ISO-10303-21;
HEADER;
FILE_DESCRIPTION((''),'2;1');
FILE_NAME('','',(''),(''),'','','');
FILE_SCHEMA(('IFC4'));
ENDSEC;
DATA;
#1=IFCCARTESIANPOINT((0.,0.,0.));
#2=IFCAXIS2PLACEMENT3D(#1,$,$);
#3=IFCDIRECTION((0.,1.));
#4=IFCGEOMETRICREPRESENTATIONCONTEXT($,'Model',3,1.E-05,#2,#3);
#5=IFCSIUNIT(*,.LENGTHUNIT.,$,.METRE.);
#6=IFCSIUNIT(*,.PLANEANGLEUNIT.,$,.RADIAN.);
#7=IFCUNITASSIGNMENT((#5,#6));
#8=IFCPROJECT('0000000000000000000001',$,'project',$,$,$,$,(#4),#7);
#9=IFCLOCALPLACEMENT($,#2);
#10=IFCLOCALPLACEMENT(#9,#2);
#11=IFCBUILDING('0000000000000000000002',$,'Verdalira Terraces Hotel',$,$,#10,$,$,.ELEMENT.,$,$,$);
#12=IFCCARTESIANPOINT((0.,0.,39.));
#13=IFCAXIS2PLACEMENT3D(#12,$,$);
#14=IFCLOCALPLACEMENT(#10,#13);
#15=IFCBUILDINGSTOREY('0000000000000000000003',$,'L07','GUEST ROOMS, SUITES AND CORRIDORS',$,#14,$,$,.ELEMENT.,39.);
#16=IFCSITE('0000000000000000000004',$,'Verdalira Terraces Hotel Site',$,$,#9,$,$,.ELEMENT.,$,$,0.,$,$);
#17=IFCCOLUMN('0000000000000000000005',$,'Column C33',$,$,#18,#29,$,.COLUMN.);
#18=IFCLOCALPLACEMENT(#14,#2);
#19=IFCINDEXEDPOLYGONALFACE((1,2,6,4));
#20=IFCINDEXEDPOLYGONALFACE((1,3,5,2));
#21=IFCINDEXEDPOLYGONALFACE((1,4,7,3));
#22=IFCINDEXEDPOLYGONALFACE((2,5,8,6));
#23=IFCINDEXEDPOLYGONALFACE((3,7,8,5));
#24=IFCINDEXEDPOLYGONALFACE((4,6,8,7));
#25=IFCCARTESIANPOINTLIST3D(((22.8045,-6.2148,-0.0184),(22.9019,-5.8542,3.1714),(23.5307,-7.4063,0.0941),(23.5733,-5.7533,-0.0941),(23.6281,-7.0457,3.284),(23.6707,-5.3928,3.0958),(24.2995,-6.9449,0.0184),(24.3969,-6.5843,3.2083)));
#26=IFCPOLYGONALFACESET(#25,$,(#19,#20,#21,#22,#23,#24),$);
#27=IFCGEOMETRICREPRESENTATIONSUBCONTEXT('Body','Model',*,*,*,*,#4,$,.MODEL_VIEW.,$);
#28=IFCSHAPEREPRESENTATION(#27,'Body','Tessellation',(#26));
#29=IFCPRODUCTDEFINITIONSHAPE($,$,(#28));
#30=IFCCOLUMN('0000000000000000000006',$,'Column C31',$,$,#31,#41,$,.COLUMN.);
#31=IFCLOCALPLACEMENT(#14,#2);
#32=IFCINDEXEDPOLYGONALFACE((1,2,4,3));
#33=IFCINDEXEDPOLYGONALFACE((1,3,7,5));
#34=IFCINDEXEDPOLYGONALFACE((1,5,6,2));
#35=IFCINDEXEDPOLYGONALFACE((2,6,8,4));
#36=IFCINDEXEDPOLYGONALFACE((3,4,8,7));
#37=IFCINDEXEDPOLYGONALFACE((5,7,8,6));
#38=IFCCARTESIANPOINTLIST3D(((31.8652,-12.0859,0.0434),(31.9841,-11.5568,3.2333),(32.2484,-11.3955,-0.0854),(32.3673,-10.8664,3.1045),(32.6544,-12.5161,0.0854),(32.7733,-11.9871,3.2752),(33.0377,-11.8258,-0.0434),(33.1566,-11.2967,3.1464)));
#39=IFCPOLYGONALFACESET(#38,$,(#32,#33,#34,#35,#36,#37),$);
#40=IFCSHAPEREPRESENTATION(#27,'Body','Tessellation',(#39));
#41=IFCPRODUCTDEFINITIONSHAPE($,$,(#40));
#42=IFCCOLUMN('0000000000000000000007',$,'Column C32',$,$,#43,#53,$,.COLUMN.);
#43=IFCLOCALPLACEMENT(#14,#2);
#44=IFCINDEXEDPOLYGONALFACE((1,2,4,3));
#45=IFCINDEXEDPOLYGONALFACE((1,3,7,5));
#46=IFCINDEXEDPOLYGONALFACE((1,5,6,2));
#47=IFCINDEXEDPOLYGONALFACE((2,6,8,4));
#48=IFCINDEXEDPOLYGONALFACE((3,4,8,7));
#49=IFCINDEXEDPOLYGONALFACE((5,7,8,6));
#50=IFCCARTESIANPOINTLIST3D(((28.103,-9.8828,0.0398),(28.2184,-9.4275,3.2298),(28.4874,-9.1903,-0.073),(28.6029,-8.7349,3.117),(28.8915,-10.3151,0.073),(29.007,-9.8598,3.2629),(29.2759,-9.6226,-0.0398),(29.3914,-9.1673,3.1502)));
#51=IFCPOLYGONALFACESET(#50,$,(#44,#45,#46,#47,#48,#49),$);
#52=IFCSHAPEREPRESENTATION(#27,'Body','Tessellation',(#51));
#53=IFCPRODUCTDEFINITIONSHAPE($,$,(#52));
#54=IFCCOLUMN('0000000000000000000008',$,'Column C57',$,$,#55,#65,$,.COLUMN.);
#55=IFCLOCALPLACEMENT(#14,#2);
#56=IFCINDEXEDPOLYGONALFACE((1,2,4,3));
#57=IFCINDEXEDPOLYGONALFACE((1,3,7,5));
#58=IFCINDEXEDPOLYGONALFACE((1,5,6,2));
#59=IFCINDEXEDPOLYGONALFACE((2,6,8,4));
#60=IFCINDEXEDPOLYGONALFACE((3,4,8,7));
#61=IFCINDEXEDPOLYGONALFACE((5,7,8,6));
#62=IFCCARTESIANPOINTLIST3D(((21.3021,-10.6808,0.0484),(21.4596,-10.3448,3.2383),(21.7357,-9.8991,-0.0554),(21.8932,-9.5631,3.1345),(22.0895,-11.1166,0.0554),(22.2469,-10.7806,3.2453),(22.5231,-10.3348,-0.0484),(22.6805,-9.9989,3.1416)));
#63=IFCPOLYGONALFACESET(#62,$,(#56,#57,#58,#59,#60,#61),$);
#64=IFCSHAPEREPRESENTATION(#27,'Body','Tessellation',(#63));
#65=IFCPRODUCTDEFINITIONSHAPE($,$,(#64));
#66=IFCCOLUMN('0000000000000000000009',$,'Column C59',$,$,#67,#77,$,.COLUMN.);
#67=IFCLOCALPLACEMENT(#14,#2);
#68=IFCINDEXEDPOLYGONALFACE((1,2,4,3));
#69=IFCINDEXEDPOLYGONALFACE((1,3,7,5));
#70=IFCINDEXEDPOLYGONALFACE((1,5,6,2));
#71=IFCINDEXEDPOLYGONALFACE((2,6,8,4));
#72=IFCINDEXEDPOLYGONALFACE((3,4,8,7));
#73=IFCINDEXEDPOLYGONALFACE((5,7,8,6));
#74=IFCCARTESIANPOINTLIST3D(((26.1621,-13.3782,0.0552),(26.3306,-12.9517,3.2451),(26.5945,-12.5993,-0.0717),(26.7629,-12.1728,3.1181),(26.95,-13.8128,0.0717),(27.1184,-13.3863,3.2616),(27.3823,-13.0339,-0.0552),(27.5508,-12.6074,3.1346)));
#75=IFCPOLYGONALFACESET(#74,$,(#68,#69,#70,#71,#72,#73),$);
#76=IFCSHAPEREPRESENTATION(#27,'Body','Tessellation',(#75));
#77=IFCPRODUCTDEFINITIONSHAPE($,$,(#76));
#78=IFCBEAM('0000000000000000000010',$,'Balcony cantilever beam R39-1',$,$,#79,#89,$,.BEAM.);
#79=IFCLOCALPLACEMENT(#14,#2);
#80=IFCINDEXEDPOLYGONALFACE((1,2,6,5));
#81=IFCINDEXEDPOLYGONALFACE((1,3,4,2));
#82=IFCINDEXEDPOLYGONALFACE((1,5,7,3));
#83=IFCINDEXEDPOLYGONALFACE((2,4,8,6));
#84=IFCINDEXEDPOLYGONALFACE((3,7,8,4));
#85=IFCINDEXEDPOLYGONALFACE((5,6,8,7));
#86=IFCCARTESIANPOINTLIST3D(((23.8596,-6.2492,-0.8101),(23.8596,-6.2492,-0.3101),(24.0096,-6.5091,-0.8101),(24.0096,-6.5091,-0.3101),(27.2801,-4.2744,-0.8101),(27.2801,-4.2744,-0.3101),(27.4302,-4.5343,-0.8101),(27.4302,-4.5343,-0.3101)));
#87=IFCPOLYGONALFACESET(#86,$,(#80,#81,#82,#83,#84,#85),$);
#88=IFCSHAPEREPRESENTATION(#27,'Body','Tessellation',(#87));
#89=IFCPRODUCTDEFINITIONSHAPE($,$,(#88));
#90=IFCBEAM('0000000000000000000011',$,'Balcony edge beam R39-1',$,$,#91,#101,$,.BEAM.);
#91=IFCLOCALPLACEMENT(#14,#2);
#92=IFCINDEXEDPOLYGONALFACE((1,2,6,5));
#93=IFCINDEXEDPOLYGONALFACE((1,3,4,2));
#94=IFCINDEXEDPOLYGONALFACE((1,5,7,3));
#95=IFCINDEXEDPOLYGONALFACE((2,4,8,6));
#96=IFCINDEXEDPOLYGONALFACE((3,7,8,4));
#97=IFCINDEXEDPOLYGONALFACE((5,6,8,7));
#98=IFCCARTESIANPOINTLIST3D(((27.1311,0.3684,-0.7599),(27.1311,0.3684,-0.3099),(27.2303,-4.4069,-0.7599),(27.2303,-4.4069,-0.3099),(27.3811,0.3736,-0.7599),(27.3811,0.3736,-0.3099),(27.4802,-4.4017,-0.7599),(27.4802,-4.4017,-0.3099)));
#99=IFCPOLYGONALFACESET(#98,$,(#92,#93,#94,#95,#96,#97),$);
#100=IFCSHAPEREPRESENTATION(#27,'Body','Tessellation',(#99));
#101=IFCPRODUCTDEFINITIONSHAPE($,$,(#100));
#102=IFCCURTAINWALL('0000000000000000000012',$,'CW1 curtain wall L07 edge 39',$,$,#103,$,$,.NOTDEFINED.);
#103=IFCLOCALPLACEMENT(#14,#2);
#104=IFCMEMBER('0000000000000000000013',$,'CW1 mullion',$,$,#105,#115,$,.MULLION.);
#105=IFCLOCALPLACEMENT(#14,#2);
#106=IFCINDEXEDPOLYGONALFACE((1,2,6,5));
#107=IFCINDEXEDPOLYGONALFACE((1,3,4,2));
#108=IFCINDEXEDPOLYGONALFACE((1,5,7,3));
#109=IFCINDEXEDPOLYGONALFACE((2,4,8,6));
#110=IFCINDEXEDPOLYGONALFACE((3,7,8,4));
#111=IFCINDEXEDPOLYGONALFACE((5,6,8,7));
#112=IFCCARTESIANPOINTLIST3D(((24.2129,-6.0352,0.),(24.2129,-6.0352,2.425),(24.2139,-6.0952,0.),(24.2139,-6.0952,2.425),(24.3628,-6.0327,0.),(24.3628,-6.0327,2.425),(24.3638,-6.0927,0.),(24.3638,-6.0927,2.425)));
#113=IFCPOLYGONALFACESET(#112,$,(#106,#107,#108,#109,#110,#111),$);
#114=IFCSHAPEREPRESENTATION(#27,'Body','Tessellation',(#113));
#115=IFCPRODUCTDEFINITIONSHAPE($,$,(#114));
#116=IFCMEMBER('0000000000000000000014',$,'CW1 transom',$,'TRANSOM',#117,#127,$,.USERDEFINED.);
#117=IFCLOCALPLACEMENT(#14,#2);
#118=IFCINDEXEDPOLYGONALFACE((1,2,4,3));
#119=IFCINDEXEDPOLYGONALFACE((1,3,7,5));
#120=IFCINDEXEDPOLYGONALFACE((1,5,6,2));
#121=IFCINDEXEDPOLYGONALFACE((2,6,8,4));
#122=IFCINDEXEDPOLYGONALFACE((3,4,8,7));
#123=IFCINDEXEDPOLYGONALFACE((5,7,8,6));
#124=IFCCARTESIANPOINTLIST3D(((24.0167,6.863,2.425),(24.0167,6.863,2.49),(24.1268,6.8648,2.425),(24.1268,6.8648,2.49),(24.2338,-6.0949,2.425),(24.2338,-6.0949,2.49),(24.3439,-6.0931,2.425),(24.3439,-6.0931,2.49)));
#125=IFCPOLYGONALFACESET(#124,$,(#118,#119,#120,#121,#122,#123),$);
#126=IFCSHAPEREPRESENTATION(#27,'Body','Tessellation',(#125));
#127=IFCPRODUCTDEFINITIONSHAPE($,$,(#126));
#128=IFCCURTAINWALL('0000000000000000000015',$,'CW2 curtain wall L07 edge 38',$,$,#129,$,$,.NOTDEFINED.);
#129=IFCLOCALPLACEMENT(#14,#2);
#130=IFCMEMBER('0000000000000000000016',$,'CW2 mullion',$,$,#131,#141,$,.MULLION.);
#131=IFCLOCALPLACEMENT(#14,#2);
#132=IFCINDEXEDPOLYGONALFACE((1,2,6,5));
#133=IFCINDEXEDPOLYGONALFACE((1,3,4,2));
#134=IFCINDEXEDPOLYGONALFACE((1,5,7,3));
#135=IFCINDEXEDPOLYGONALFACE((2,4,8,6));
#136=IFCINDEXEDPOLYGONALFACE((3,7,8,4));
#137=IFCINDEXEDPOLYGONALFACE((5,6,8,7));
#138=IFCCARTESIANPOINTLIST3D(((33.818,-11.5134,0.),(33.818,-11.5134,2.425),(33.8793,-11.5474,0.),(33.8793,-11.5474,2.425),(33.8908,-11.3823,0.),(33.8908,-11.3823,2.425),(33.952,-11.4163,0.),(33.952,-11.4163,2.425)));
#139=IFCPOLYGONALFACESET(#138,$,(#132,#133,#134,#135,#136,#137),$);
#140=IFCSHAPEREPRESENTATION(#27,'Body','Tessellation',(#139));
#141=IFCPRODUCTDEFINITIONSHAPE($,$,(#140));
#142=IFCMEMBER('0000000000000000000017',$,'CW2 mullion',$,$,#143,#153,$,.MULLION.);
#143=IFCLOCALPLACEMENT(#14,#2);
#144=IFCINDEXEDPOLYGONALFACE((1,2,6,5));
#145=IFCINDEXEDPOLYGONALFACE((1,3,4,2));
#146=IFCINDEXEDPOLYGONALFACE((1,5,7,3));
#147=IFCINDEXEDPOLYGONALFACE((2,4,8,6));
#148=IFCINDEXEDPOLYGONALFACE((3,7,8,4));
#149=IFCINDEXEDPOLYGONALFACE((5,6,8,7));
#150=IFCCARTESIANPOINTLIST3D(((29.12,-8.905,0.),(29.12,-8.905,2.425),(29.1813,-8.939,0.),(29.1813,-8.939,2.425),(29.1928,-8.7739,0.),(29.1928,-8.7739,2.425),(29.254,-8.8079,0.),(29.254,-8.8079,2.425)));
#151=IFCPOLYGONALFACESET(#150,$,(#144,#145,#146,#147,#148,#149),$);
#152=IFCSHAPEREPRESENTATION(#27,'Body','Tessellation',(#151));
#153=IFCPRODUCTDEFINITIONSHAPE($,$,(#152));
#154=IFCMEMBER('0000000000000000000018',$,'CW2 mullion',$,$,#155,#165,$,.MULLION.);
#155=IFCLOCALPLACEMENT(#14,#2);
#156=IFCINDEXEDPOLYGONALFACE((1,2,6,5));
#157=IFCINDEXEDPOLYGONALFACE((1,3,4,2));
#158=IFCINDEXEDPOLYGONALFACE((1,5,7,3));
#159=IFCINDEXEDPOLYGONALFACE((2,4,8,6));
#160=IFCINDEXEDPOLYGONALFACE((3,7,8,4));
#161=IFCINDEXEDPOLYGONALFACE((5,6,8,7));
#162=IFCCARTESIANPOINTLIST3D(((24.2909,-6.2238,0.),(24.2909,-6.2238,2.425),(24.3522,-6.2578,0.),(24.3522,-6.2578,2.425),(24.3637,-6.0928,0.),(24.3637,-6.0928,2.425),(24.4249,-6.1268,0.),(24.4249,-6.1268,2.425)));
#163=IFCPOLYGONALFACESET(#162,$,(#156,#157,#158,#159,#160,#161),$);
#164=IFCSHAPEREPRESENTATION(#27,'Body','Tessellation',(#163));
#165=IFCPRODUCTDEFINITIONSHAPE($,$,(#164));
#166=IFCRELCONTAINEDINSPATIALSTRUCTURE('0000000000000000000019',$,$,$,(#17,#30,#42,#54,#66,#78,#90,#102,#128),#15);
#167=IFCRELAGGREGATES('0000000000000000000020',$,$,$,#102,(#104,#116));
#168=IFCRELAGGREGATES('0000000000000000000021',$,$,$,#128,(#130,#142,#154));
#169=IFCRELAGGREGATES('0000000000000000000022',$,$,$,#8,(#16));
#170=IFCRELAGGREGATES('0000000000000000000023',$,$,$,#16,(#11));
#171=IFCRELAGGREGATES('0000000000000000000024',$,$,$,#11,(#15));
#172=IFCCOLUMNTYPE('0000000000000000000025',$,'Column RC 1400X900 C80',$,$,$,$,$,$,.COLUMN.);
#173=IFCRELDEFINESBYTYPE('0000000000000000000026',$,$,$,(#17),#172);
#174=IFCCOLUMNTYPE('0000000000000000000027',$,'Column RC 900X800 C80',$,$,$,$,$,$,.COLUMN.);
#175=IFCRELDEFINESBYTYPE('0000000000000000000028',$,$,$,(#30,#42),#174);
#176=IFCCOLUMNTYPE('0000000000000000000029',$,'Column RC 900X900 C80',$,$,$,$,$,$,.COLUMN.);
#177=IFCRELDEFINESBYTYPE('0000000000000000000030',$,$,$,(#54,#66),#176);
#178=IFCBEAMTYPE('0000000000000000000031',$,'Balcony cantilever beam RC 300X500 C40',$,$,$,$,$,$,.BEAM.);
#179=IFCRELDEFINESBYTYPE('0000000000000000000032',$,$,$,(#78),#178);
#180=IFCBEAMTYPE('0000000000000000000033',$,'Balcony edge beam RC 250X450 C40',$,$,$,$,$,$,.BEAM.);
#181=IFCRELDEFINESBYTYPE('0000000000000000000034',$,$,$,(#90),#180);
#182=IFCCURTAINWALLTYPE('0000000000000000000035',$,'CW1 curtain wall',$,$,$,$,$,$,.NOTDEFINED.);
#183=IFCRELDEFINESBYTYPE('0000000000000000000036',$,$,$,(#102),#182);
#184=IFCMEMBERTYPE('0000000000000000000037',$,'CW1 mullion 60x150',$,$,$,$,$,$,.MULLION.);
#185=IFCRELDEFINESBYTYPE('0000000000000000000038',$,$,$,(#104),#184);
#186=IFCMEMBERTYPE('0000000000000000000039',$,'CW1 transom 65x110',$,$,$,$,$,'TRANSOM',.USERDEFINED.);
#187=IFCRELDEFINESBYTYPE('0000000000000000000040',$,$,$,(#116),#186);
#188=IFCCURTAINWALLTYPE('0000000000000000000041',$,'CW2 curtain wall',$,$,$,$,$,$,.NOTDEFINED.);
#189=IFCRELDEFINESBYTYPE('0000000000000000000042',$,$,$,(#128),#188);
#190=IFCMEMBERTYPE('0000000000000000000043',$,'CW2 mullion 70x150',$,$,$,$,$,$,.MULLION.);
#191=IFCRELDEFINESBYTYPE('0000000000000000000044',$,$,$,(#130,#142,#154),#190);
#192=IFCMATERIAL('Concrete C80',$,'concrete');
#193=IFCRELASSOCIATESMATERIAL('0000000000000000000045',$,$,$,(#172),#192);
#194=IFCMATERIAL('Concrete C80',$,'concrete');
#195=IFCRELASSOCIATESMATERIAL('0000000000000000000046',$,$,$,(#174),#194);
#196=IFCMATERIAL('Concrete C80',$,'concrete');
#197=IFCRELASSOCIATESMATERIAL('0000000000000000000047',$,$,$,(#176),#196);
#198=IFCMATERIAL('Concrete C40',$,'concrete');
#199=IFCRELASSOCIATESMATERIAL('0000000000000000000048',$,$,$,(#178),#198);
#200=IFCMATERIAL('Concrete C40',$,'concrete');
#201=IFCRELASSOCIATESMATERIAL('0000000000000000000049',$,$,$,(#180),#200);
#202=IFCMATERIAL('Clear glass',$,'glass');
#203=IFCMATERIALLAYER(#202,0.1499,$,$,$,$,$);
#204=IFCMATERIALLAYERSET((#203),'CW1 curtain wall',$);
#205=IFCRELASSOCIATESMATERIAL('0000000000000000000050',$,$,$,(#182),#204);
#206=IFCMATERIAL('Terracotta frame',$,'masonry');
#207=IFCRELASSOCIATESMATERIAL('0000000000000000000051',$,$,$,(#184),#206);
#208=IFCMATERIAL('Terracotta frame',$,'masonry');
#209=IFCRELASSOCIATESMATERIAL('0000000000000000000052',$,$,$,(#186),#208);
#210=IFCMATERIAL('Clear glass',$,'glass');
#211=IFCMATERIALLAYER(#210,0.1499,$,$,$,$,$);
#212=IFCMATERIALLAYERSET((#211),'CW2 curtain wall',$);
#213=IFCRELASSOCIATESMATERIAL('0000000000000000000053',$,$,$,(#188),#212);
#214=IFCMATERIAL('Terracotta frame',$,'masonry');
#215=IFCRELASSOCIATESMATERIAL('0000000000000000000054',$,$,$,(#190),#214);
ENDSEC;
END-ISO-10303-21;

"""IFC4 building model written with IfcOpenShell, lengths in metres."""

from ifc_helpers import new_model, si_unit, direction, frame, origin, origin_2d, place, context, subcontext, project, spatial, rectangle, extrude, material, layer, layer_set, material_profile, profile_set, type_object, element, aggregate, save


model = new_model("IFC4")

# Units and contexts
model_context = context("Model", 3, precision=1e-05, world=origin(), true_north=direction((0.0, 1.0)))
body_context = subcontext(model_context, "Body", "Model", "MODEL_VIEW")
ifc_project = project(units=[si_unit("LENGTHUNIT", "METRE"), si_unit("PLANEANGLEUNIT", "RADIAN")], contexts=[model_context])

# Site, building, storey
site_placement = place(None, origin())
site = spatial("IfcSite", under=ifc_project, at=site_placement, Name="Verdalira Terraces Hotel Site", CompositionType="ELEMENT", RefElevation=0.0)
building_placement = place(site_placement, origin())
building = spatial("IfcBuilding", under=site, at=building_placement, Name="Verdalira Terraces Hotel", CompositionType="ELEMENT")
storey_placement = place(building_placement, frame((0.0, 0.0, 39.0)))
storey = spatial("IfcBuildingStorey", under=building, at=storey_placement, Name="L07", Description="GUEST ROOMS, SUITES AND CORRIDORS", CompositionType="ELEMENT", Elevation=39.0)

# Columns
ifc_material_1 = material(Name="Concrete C80", Category="concrete")
ifc_material_profile_1 = material_profile(ifc_material_1, rectangle(XDim=1.3999, YDim=0.8999, at=origin_2d()), Name="RC 1400X900")
ifc_profile_set_1 = profile_set([ifc_material_profile_1], Name="Concrete C80")
column_type_1 = type_object("IfcColumnType", Name="Column RC 1400X900 C80", PredefinedType="COLUMN", material=ifc_profile_set_1)
column_1_placement = place(storey_placement, frame((23.552, -6.5798, 0.0), z_axis=(0.03033, 0.112274, 0.993214), x_axis=(0.51875, -0.851139, 0.080373)))
element("IfcColumn", 1, at=column_1_placement, inside=storey, type_object=column_type_1, Name="Column C33", PredefinedType="COLUMN", context=body_context, shape_type="SweptSolid", body=[
    extrude(rectangle(XDim=1.3999, YDim=0.8999, at=origin_2d()), origin(), (0.0, 0.0, 1.0), 3.2117),
])
ifc_material_2 = material(Name="Concrete C80", Category="concrete")
ifc_material_profile_2 = material_profile(ifc_material_2, rectangle(XDim=0.8999, YDim=0.8, at=origin_2d()), Name="RC 900X800")
ifc_profile_set_2 = profile_set([ifc_material_profile_2], Name="Concrete C80")
column_type_2 = type_object("IfcColumnType", Name="Column RC 900X800 C80", PredefinedType="COLUMN", material=ifc_profile_set_2)
column_2_placement = place(storey_placement, frame((32.4514, -11.9558, 0.0), z_axis=(0.036745, 0.163505, 0.985858), x_axis=(-0.877038, 0.478155, -0.046613)))
element("IfcColumn", 2, at=column_2_placement, inside=storey, type_object=column_type_2, Name="Column C31", PredefinedType="COLUMN", context=body_context, shape_type="SweptSolid", body=[
    extrude(rectangle(XDim=0.8999, YDim=0.8, at=origin_2d()), origin(), (0.0, 0.0, 1.0), 3.2356),
])
column_3_placement = place(storey_placement, frame((28.6895, -9.7527, 0.0), z_axis=(0.035815, 0.141214, 0.989331), x_axis=(-0.876263, 0.480423, -0.036853)))
element("IfcColumn", 3, at=column_3_placement, inside=storey, type_object=column_type_2, Name="Column C32", PredefinedType="COLUMN", context=body_context, shape_type="SweptSolid", body=[
    extrude(rectangle(XDim=0.8999, YDim=0.8, at=origin_2d()), origin(), (0.0, 0.0, 1.0), 3.2244),
])
ifc_material_3 = material(Name="Concrete C80", Category="concrete")
ifc_material_profile_3 = material_profile(ifc_material_3, rectangle(XDim=0.8999, YDim=0.8999, at=origin_2d()), Name="RC 900X900")
ifc_profile_set_3 = profile_set([ifc_material_profile_3], Name="Concrete C80")
column_type_3 = type_object("IfcColumnType", Name="Column RC 900X900 C80", PredefinedType="COLUMN", material=ifc_profile_set_3)
column_4_placement = place(storey_placement, frame((21.9126, -10.5078, 0.0), z_axis=(0.049034, 0.104606, 0.993304), x_axis=(0.874901, -0.484239, 0.007807)))
element("IfcColumn", 4, at=column_4_placement, inside=storey, type_object=column_type_3, Name="Column C57", PredefinedType="COLUMN", context=body_context, shape_type="SweptSolid", body=[
    extrude(rectangle(XDim=0.8999, YDim=0.8999, at=origin_2d()), origin(), (0.0, 0.0, 1.0), 3.2114),
])
column_5_placement = place(storey_placement, frame((26.7722, -13.2061, 0.0), z_axis=(0.052271, 0.132345, 0.989824), x_axis=(0.875467, -0.48293, 0.018338)))
element("IfcColumn", 5, at=column_5_placement, inside=storey, type_object=column_type_3, Name="Column C59", PredefinedType="COLUMN", context=body_context, shape_type="SweptSolid", body=[
    extrude(rectangle(XDim=0.8999, YDim=0.8999, at=origin_2d()), origin(), (0.0, 0.0, 1.0), 3.2227),
])

# Beams
ifc_material_4 = material(Name="Concrete C40", Category="concrete")
ifc_material_profile_4 = material_profile(ifc_material_4, rectangle(XDim=0.3, YDim=0.5, at=origin_2d()), Name="RC 300X500")
ifc_profile_set_4 = profile_set([ifc_material_profile_4], Name="Concrete C40")
beam_type_1 = type_object("IfcBeamType", Name="Balcony cantilever beam RC 300X500 C40", PredefinedType="BEAM", material=ifc_profile_set_4)
beam_1_placement = place(storey_placement, frame((23.9346, -6.3792, -0.5601), z_axis=(0.866032, 0.499988, 0.0), x_axis=(-0.499988, 0.866032, 0.0)))
element("IfcBeam", 6, at=beam_1_placement, inside=storey, type_object=beam_type_1, Name="Balcony cantilever beam R39-1", PredefinedType="BEAM", context=body_context, shape_type="SweptSolid", body=[
    extrude(rectangle(XDim=0.3, YDim=0.5, at=origin_2d()), origin(), (0.0, 0.0, 1.0), 3.9497),
])
ifc_material_5 = material(Name="Concrete C40", Category="concrete")
ifc_material_profile_5 = material_profile(ifc_material_5, rectangle(XDim=0.25, YDim=0.45, at=origin_2d()), Name="RC 250X450")
ifc_profile_set_5 = profile_set([ifc_material_profile_5], Name="Concrete C40")
beam_type_2 = type_object("IfcBeamType", Name="Balcony edge beam RC 250X450 C40", PredefinedType="BEAM", material=ifc_profile_set_5)
beam_2_placement = place(storey_placement, frame((27.3552, -4.4043, -0.5349), z_axis=(-0.020752, 0.999785, 0.0), x_axis=(-0.999785, -0.020752, 0.0)))
element("IfcBeam", 7, at=beam_2_placement, inside=storey, type_object=beam_type_2, Name="Balcony edge beam R39-1", PredefinedType="BEAM", context=body_context, shape_type="SweptSolid", body=[
    extrude(rectangle(XDim=0.25, YDim=0.45, at=origin_2d()), origin(), (0.0, 0.0, 1.0), 4.7764),
])

# Curtain walls, members
ifc_material_6 = material(Name="Clear glass", Category="glass")
ifc_layer_1 = layer(ifc_material_6, 0.1499)
ifc_layer_set_1 = layer_set([ifc_layer_1], Name="CW1 curtain wall")
curtain_wall_type_1 = type_object("IfcCurtainWallType", Name="CW1 curtain wall", PredefinedType="NOTDEFINED", material=ifc_layer_set_1)
curtain_wall_1_placement = place(storey_placement, origin())
curtain_wall_1 = element("IfcCurtainWall", 8, at=curtain_wall_1_placement, inside=storey, type_object=curtain_wall_type_1, Name="CW1 curtain wall L07 edge 39", PredefinedType="NOTDEFINED")
ifc_material_7 = material(Name="Terracotta frame", Category="masonry")
ifc_material_profile_6 = material_profile(ifc_material_7, rectangle(XDim=0.0601, YDim=0.1499, at=origin_2d()), Name="MU 60x150")
ifc_profile_set_6 = profile_set([ifc_material_profile_6], Name="Terracotta frame")
member_type_1 = type_object("IfcMemberType", Name="CW1 mullion 60x150", PredefinedType="MULLION", material=ifc_profile_set_6)
member_1_placement = place(storey_placement, frame((24.2883, -6.064, 0.0), z_axis=(0.0, 0.0, 1.0), x_axis=(-0.016754, 0.99986, 0.0)))
member_1 = element("IfcMember", 9, at=member_1_placement, type_object=member_type_1, Name="CW1 mullion", PredefinedType="MULLION", context=body_context, shape_type="SweptSolid", body=[
    extrude(rectangle(XDim=0.0601, YDim=0.1499, at=origin_2d()), origin(), (0.0, 0.0, 1.0), 2.425),
])
ifc_material_8 = material(Name="Terracotta frame", Category="masonry")
ifc_material_profile_7 = material_profile(ifc_material_8, rectangle(XDim=0.1101, YDim=0.0649, at=origin_2d()), Name="TR 65x110")
ifc_profile_set_7 = profile_set([ifc_material_profile_7], Name="Terracotta frame")
member_type_2 = type_object("IfcMemberType", Name="CW1 transom 65x110", ElementType="TRANSOM", PredefinedType="USERDEFINED", material=ifc_profile_set_7)
member_2_placement = place(storey_placement, frame((24.2888, -6.094, 2.4575), z_axis=(-0.016747, 0.99986, 0.0), x_axis=(-0.99986, -0.016747, 0.0)))
member_2 = element("IfcMember", 10, at=member_2_placement, type_object=member_type_2, Name="CW1 transom", ObjectType="TRANSOM", PredefinedType="USERDEFINED", context=body_context, shape_type="SweptSolid", body=[
    extrude(rectangle(XDim=0.1101, YDim=0.0649, at=origin_2d()), origin(), (0.0, 0.0, 1.0), 12.9597),
])
ifc_material_9 = material(Name="Clear glass", Category="glass")
ifc_layer_2 = layer(ifc_material_9, 0.1499)
ifc_layer_set_2 = layer_set([ifc_layer_2], Name="CW2 curtain wall")
curtain_wall_type_2 = type_object("IfcCurtainWallType", Name="CW2 curtain wall", PredefinedType="NOTDEFINED", material=ifc_layer_set_2)
curtain_wall_2_placement = place(storey_placement, origin())
curtain_wall_2 = element("IfcCurtainWall", 11, at=curtain_wall_2_placement, inside=storey, type_object=curtain_wall_type_2, Name="CW2 curtain wall L07 edge 38", PredefinedType="NOTDEFINED")
ifc_material_10 = material(Name="Terracotta frame", Category="masonry")
ifc_material_profile_8 = material_profile(ifc_material_10, rectangle(XDim=0.0701, YDim=0.1499, at=origin_2d()), Name="MU 70x150")
ifc_profile_set_8 = profile_set([ifc_material_profile_8], Name="Terracotta frame")
member_type_3 = type_object("IfcMemberType", Name="CW2 mullion 70x150", PredefinedType="MULLION", material=ifc_profile_set_8)
member_3_placement = place(storey_placement, frame((33.885, -11.4648, 0.0), z_axis=(0.0, 0.0, 1.0), x_axis=(-0.874281, 0.48542, 0.0)))
member_3 = element("IfcMember", 12, at=member_3_placement, type_object=member_type_3, Name="CW2 mullion", PredefinedType="MULLION", context=body_context, shape_type="SweptSolid", body=[
    extrude(rectangle(XDim=0.0701, YDim=0.1499, at=origin_2d()), origin(), (0.0, 0.0, 1.0), 2.425),
])
member_4_placement = place(storey_placement, frame((29.187, -8.8564, 0.0), z_axis=(0.0, 0.0, 1.0), x_axis=(-0.874281, 0.48542, 0.0)))
member_4 = element("IfcMember", 13, at=member_4_placement, type_object=member_type_3, Name="CW2 mullion", PredefinedType="MULLION", context=body_context, shape_type="SweptSolid", body=[
    extrude(rectangle(XDim=0.0701, YDim=0.1499, at=origin_2d()), origin(), (0.0, 0.0, 1.0), 2.425),
])
member_5_placement = place(storey_placement, frame((24.3579, -6.1753, 0.0), z_axis=(0.0, 0.0, 1.0), x_axis=(-0.874281, 0.48542, 0.0)))
member_5 = element("IfcMember", 14, at=member_5_placement, type_object=member_type_3, Name="CW2 mullion", PredefinedType="MULLION", context=body_context, shape_type="SweptSolid", body=[
    extrude(rectangle(XDim=0.0701, YDim=0.1499, at=origin_2d()), origin(), (0.0, 0.0, 1.0), 2.425),
])

aggregate(curtain_wall_1, [member_1, member_2])
aggregate(curtain_wall_2, [member_3, member_4, member_5])

save(model, "model.ifc")
